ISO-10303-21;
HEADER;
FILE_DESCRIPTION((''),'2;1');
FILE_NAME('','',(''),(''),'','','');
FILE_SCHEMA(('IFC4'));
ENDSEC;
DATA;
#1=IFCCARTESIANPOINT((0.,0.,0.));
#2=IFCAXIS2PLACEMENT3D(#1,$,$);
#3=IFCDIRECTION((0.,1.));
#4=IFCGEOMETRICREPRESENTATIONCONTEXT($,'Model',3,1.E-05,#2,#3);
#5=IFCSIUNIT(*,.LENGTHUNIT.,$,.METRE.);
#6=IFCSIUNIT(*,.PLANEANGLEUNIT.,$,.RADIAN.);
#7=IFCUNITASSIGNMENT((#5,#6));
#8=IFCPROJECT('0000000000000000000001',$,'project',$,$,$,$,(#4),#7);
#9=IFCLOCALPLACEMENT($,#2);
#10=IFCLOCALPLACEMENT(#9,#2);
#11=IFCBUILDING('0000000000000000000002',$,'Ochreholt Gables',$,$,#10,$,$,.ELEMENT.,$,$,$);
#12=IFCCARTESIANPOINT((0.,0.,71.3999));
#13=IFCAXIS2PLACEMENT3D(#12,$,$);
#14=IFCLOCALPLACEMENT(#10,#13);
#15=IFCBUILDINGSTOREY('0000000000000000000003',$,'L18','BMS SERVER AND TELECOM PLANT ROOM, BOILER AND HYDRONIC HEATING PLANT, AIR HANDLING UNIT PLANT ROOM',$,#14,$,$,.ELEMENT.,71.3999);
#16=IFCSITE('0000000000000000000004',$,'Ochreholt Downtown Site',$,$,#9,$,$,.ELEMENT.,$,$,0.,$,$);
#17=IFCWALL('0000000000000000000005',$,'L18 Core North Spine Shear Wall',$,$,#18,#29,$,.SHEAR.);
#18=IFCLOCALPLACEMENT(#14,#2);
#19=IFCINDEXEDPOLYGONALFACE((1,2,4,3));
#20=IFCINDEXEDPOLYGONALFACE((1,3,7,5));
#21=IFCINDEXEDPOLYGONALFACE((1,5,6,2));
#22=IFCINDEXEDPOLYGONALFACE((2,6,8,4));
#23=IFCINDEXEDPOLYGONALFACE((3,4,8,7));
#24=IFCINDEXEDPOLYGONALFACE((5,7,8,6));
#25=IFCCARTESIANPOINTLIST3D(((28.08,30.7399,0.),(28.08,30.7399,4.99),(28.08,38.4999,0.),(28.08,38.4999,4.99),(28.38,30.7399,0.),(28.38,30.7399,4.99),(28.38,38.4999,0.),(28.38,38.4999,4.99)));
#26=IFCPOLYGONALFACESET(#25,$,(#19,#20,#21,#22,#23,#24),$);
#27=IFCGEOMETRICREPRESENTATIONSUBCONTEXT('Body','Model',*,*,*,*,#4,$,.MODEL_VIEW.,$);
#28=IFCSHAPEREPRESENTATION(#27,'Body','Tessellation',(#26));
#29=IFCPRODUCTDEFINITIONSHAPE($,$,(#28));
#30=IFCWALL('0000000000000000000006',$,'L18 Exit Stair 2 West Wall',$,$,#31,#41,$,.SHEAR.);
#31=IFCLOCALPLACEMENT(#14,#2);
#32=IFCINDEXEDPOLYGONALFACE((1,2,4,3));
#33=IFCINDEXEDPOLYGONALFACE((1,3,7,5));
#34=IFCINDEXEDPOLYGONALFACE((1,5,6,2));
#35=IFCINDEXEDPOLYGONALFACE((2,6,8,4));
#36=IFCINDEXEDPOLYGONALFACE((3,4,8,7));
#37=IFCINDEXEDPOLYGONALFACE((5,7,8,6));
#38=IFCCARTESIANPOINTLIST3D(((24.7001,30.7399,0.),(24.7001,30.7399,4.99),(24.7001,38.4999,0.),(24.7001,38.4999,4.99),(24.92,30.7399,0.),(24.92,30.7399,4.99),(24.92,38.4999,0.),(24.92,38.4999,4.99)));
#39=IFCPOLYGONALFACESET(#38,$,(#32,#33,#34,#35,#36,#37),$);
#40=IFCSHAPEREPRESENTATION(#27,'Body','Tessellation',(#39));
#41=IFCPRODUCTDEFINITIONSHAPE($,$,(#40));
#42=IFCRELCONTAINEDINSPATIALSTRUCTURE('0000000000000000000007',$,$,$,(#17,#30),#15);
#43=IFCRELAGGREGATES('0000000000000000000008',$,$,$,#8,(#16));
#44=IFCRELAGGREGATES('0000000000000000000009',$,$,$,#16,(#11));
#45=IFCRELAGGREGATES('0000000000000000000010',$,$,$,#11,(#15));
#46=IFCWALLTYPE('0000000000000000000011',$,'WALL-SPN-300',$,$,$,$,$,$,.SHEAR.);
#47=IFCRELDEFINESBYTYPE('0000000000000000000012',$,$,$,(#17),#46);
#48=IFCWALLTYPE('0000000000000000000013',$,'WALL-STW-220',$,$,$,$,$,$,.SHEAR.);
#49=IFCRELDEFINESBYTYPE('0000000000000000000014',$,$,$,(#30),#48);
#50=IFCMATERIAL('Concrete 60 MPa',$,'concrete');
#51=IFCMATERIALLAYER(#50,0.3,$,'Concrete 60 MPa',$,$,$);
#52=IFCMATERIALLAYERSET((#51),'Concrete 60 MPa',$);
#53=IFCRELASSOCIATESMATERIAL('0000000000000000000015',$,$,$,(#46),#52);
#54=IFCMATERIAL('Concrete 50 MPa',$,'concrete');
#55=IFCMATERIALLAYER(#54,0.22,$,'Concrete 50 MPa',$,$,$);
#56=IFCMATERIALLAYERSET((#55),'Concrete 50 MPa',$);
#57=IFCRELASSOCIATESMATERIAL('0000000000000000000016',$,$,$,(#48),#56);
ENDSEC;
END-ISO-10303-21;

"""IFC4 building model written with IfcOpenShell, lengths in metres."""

from ifc_helpers import new_model, si_unit, direction, frame, frame_2d, origin, place, context, subcontext, project, spatial, rectangle, extrude, material, layer, layer_set, type_object, element, save


model = new_model("IFC4")

# Units and contexts
model_context = context("Model", 3, precision=1e-05, world=origin(), true_north=direction((0.0, 1.0)))
body_context = subcontext(model_context, "Body", "Model", "MODEL_VIEW")
ifc_project = project(units=[si_unit("LENGTHUNIT", "METRE"), si_unit("PLANEANGLEUNIT", "RADIAN")], contexts=[model_context])

# Site, building, storey
site_placement = place(None, origin())
site = spatial("IfcSite", under=ifc_project, at=site_placement, Name="Ochreholt Downtown Site", CompositionType="ELEMENT", RefElevation=0.0)
building_placement = place(site_placement, origin())
building = spatial("IfcBuilding", under=site, at=building_placement, Name="Ochreholt Gables", CompositionType="ELEMENT")
storey_placement = place(building_placement, frame((0.0, 0.0, 71.3999)))
storey = spatial("IfcBuildingStorey", under=building, at=storey_placement, Name="L18", Description="BMS SERVER AND TELECOM PLANT ROOM, BOILER AND HYDRONIC HEATING PLANT, AIR HANDLING UNIT PLANT ROOM", CompositionType="ELEMENT", Elevation=71.3999)

# Shared definitions
ifc_material_1 = material(Name="Concrete 60 MPa", Category="concrete")

# Walls
ifc_layer_1 = layer(ifc_material_1, 0.3, Name="Concrete 60 MPa")
ifc_layer_set_1 = layer_set([ifc_layer_1], Name="Concrete 60 MPa")
wall_type_1 = type_object("IfcWallType", Name="WALL-SPN-300", PredefinedType="SHEAR", material=ifc_layer_set_1)
wall_1_placement = place(storey_placement, frame((28.23, 30.74, 0.0), z_axis=(0.0, 0.0, 1.0), x_axis=(0.0, 1.0, 0.0)))
element("IfcWall", 1, at=wall_1_placement, inside=storey, type_object=wall_type_1, Name="L18 Core North Spine Shear Wall", PredefinedType="SHEAR", context=body_context, shape_type="SweptSolid", body=[
    extrude(rectangle(XDim=7.76, YDim=0.3, at=frame_2d((3.8799, 0.0))), origin(), (0.0, 0.0, 1.0), 4.99),
])
ifc_material_2 = material(Name="Concrete 50 MPa", Category="concrete")
ifc_layer_2 = layer(ifc_material_2, 0.22, Name="Concrete 50 MPa")
ifc_layer_set_2 = layer_set([ifc_layer_2], Name="Concrete 50 MPa")
wall_type_2 = type_object("IfcWallType", Name="WALL-STW-220", PredefinedType="SHEAR", material=ifc_layer_set_2)
wall_2_placement = place(storey_placement, frame((24.8101, 30.74, 0.0), z_axis=(0.0, 0.0, 1.0), x_axis=(0.0, 1.0, 0.0)))
element("IfcWall", 2, at=wall_2_placement, inside=storey, type_object=wall_type_2, Name="L18 Exit Stair 2 West Wall", PredefinedType="SHEAR", context=body_context, shape_type="SweptSolid", body=[
    extrude(rectangle(XDim=7.76, YDim=0.22, at=frame_2d((3.8799, 0.0))), origin(), (0.0, 0.0, 1.0), 4.99),
])

save(model, "model.ifc")
